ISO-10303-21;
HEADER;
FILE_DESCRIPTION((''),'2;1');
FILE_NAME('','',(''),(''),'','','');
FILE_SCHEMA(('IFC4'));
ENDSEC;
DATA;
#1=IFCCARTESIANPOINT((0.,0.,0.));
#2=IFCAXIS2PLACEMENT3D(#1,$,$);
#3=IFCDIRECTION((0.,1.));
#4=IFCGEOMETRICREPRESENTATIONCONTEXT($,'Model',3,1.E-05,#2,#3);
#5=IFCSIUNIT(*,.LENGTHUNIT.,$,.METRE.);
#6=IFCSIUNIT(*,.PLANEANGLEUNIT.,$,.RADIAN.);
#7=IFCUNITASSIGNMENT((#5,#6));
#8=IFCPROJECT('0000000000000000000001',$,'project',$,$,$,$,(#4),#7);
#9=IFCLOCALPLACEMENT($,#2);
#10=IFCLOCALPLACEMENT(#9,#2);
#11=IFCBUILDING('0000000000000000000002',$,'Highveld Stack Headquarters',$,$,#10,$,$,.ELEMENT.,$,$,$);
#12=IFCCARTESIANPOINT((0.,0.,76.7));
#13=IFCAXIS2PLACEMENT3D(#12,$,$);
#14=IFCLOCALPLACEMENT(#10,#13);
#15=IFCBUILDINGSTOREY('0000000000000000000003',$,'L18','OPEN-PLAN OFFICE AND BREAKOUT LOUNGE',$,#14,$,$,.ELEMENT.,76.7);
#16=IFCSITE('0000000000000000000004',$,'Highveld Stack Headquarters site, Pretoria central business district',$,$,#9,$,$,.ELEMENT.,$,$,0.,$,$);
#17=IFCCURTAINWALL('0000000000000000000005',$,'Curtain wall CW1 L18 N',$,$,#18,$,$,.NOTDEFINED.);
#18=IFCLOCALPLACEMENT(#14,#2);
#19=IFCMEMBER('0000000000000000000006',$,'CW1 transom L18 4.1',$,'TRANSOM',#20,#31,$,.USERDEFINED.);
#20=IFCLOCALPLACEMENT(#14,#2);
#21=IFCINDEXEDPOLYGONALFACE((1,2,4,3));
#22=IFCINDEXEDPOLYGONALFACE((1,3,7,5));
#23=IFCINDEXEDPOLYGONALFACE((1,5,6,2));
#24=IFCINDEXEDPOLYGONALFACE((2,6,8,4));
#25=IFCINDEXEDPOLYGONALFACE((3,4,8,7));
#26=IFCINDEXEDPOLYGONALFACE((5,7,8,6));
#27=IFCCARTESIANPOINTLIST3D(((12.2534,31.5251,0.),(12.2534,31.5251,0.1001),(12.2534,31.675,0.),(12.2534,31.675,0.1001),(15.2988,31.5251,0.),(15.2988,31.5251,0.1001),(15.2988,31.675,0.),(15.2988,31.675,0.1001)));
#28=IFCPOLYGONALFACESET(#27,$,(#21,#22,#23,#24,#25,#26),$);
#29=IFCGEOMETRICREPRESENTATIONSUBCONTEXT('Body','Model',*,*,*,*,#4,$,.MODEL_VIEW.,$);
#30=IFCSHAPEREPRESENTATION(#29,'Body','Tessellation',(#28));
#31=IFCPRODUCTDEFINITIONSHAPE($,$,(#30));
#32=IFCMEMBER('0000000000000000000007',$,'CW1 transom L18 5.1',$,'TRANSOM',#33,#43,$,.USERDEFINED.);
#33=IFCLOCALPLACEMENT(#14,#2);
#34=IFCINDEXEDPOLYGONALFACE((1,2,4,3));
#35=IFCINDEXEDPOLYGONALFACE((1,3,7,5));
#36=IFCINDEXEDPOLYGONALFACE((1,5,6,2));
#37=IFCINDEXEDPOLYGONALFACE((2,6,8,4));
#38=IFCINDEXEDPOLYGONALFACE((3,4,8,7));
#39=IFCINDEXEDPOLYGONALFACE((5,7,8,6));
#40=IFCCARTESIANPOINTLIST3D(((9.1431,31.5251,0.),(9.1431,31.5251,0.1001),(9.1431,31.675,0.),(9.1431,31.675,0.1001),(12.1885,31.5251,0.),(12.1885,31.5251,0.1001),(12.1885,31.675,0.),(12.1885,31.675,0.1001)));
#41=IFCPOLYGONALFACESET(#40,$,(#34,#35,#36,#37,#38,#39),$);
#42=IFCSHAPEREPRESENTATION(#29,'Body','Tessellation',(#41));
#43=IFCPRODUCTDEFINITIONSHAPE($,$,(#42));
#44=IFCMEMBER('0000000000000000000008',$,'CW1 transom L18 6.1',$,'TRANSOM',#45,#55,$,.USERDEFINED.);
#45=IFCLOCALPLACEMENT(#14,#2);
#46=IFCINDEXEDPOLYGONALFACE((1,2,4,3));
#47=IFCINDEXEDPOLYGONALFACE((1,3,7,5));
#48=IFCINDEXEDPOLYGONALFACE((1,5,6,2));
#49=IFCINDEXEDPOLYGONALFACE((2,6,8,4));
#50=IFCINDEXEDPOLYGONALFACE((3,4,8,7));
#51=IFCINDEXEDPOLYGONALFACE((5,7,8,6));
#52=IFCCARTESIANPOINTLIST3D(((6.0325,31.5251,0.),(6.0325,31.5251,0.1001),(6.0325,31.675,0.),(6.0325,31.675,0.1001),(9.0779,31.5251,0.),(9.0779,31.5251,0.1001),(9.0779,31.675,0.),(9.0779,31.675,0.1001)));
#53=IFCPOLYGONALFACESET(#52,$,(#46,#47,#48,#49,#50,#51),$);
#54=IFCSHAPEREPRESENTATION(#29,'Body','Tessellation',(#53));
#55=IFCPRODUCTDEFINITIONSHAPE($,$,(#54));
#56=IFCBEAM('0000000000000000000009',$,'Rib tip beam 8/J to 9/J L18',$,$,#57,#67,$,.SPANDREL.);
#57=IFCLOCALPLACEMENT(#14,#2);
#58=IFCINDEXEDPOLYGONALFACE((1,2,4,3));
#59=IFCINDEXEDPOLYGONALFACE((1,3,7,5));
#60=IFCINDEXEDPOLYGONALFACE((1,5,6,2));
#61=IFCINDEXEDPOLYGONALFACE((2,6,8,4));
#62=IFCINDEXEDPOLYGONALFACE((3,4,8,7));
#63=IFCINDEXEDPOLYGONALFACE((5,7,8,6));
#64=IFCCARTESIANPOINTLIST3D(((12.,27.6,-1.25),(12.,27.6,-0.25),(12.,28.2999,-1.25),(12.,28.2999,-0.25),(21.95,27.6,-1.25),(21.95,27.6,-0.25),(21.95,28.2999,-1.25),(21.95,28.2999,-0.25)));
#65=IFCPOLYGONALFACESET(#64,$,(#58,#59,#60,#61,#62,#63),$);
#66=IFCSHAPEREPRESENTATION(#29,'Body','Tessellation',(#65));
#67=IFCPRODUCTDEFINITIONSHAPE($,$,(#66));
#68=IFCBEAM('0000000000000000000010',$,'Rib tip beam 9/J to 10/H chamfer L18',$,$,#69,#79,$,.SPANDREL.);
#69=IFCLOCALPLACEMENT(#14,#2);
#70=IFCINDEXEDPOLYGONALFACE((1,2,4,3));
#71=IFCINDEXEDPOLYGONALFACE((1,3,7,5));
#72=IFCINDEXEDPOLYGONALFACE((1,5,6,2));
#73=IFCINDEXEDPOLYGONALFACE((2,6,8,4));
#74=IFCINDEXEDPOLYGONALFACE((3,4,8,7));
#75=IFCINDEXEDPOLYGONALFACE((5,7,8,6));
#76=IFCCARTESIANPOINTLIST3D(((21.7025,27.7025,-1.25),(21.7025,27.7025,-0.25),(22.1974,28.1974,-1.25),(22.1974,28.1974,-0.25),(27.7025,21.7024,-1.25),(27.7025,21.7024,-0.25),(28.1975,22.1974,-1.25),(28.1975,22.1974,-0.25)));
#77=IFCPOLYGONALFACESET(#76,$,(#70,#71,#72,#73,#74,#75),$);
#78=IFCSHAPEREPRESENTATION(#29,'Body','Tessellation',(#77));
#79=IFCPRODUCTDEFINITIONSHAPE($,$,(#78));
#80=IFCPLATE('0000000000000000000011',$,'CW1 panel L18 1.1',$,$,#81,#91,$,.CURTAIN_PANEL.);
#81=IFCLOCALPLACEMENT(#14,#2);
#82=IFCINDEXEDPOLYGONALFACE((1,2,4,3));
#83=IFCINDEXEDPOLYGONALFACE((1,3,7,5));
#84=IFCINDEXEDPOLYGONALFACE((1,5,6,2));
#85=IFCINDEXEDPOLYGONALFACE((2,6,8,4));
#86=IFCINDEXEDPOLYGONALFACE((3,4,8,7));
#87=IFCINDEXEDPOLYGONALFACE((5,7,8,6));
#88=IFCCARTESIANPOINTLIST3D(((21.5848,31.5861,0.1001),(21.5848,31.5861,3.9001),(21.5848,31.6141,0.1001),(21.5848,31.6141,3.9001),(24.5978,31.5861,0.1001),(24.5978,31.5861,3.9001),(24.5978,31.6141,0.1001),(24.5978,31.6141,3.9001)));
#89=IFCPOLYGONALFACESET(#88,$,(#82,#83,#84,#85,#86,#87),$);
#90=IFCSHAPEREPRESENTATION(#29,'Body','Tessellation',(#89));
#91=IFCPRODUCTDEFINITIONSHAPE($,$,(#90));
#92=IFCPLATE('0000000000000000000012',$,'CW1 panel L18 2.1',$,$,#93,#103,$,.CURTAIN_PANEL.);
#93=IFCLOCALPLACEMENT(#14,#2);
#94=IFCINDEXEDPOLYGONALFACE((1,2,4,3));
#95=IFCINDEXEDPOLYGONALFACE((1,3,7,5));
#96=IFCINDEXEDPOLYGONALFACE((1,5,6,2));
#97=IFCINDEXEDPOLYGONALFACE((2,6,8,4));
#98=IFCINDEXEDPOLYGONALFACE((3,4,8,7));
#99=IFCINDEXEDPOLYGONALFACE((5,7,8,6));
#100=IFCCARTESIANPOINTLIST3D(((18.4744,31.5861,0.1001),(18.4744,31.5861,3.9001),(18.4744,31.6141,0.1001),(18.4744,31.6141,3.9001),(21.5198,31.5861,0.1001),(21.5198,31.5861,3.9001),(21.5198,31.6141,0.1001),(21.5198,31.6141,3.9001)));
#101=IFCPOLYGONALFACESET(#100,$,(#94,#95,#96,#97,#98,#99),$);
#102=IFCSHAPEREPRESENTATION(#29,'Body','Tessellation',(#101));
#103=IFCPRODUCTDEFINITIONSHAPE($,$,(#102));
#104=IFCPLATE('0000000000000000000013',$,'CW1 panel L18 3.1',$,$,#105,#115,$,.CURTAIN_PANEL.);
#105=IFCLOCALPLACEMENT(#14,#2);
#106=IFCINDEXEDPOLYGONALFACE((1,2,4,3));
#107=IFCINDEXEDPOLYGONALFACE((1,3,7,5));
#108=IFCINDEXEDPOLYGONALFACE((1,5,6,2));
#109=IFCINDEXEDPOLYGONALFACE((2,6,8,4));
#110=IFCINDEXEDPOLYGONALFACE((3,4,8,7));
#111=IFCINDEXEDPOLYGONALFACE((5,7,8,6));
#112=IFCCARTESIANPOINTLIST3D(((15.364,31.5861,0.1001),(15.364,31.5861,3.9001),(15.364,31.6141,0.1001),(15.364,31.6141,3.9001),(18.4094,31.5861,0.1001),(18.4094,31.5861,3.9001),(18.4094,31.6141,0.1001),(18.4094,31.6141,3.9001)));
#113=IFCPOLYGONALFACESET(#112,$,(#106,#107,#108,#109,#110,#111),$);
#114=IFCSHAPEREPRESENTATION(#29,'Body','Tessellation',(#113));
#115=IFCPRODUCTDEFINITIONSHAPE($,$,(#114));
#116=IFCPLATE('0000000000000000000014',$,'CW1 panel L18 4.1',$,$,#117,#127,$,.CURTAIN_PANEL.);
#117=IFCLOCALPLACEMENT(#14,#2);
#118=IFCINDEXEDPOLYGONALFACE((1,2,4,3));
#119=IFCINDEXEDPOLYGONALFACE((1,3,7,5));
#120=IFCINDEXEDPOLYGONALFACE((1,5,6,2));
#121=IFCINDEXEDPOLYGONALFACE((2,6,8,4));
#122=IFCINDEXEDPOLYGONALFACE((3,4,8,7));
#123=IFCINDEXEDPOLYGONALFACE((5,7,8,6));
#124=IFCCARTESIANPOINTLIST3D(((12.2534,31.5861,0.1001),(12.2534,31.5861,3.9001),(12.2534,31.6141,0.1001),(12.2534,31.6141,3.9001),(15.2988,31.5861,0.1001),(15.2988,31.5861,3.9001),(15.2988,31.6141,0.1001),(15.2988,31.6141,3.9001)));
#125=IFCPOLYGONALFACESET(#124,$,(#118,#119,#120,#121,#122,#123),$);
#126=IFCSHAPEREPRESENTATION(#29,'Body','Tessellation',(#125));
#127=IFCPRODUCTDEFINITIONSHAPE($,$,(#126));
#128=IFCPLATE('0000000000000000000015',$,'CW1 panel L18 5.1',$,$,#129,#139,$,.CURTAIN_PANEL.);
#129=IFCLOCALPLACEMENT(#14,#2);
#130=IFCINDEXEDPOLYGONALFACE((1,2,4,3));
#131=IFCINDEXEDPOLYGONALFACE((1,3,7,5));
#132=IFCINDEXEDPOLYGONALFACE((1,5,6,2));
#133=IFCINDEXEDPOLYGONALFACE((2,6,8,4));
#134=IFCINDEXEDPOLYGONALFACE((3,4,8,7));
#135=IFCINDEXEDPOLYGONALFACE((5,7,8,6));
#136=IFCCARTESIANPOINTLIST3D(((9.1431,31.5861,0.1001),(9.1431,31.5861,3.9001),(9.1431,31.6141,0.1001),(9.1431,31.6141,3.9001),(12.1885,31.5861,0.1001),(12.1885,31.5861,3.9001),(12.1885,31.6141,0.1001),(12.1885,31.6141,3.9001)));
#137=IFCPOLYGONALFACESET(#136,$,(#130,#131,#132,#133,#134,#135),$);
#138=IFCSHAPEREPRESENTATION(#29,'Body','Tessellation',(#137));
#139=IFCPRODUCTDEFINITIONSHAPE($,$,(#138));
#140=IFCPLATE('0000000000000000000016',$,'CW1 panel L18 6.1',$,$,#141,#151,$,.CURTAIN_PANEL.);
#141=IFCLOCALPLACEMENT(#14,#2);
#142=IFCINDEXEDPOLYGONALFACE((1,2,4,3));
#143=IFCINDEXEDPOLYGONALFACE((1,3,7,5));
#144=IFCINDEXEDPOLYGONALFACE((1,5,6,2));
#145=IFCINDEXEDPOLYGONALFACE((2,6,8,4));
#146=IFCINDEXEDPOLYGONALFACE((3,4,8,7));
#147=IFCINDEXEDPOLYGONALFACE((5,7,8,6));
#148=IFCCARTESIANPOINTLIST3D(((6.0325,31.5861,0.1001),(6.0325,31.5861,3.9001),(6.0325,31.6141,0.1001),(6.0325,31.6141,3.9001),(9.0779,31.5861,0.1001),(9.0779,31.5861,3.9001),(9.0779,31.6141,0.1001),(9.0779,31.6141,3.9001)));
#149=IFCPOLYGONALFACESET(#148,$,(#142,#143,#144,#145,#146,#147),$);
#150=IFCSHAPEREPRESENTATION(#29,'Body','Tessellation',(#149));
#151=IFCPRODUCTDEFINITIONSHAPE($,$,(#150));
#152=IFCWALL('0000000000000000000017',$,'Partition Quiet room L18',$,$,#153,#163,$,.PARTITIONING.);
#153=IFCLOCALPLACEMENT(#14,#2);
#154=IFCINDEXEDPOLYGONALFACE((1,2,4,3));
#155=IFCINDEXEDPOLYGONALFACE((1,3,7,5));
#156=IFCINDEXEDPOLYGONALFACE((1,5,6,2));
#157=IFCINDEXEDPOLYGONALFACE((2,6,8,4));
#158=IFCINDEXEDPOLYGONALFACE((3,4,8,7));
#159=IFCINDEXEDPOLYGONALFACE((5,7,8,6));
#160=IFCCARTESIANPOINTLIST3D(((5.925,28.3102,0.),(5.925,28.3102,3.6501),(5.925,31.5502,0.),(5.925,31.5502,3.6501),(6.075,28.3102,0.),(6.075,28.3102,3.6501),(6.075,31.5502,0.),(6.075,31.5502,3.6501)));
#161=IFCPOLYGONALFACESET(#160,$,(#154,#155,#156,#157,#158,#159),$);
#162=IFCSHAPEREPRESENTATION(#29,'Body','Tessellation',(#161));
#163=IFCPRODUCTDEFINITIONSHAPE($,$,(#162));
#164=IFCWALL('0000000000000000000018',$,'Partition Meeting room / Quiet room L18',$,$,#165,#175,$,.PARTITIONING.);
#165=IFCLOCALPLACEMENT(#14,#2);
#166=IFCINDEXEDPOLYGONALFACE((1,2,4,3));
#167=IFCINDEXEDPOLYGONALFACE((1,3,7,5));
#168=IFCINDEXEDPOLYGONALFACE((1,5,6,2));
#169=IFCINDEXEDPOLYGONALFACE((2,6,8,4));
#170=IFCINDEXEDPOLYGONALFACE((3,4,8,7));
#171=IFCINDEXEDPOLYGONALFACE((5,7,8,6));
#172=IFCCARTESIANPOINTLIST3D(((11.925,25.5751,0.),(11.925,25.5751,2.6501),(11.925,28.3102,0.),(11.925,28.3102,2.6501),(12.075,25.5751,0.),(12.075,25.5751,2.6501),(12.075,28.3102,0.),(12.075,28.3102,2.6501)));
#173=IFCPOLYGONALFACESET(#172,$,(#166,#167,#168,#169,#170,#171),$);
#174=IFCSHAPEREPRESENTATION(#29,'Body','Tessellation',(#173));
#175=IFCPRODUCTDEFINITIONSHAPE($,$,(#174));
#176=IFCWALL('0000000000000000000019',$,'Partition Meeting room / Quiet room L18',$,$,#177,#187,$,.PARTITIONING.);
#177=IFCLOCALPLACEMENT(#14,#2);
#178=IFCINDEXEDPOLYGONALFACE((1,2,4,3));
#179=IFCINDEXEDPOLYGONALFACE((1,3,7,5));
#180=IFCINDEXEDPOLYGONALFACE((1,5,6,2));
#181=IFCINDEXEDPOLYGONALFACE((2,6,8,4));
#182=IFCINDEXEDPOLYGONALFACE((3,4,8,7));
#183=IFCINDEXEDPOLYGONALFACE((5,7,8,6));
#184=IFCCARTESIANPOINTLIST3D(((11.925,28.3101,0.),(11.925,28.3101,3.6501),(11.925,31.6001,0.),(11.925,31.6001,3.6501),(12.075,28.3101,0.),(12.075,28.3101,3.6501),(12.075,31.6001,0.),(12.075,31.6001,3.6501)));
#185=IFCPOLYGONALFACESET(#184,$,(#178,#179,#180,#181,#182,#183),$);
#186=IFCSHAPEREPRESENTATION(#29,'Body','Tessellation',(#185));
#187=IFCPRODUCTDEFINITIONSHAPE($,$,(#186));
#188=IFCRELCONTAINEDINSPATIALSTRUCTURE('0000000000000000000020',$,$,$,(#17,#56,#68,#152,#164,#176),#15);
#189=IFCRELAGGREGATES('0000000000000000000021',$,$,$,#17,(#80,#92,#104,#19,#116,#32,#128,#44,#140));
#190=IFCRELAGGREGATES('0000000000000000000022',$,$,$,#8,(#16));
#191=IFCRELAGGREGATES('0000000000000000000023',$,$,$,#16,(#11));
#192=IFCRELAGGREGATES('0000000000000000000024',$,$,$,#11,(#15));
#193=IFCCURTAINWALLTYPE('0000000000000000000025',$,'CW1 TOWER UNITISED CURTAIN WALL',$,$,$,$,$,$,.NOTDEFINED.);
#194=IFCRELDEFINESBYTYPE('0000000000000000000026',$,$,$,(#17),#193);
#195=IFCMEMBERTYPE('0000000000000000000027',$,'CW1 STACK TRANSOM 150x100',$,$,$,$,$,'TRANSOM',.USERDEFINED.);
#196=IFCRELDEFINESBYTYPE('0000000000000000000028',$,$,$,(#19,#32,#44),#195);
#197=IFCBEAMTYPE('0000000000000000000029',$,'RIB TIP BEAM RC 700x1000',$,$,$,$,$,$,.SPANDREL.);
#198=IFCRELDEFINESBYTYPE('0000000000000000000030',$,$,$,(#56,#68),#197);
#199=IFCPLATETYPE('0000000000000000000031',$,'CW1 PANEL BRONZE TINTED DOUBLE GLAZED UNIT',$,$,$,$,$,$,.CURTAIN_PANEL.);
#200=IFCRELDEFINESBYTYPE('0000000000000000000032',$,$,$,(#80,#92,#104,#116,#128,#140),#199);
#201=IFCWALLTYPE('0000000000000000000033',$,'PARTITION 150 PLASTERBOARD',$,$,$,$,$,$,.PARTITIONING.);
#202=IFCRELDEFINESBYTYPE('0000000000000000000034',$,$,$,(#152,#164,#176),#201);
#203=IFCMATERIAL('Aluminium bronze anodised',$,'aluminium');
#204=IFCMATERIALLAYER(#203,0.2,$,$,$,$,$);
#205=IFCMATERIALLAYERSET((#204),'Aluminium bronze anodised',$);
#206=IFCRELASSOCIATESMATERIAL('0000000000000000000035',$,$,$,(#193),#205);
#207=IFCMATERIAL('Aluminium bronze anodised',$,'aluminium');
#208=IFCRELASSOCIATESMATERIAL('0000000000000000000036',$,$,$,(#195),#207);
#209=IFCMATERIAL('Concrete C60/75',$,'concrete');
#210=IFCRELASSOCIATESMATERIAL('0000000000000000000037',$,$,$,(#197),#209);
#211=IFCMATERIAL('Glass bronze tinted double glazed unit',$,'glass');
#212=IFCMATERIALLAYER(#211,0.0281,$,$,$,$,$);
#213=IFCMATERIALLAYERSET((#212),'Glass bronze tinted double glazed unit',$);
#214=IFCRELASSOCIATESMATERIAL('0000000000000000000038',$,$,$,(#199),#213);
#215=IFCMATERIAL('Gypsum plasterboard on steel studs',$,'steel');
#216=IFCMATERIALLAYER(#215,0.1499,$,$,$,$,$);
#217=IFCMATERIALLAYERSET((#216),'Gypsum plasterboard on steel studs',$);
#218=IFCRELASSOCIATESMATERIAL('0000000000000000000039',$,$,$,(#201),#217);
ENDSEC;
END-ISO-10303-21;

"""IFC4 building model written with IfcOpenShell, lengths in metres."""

from ifc_helpers import new_model, si_unit, direction, frame, frame_2d, origin, origin_2d, place, context, subcontext, project, spatial, rectangle, extrude, material, layer, layer_set, material_profile, profile_set, type_object, element, aggregate, save


model = new_model("IFC4")

# Units and contexts
model_context = context("Model", 3, precision=1e-05, world=origin(), true_north=direction((0.0, 1.0)))
body_context = subcontext(model_context, "Body", "Model", "MODEL_VIEW")
ifc_project = project(units=[si_unit("LENGTHUNIT", "METRE"), si_unit("PLANEANGLEUNIT", "RADIAN")], contexts=[model_context])

# Site, building, storey
site_placement = place(None, origin())
site = spatial("IfcSite", under=ifc_project, at=site_placement, Name="Highveld Stack Headquarters site, Pretoria central business district", CompositionType="ELEMENT", RefElevation=0.0)
building_placement = place(site_placement, origin())
building = spatial("IfcBuilding", under=site, at=building_placement, Name="Highveld Stack Headquarters", CompositionType="ELEMENT")
storey_placement = place(building_placement, frame((0.0, 0.0, 76.7)))
storey = spatial("IfcBuildingStorey", under=building, at=storey_placement, Name="L18", Description="OPEN-PLAN OFFICE AND BREAKOUT LOUNGE", CompositionType="ELEMENT", Elevation=76.7)

# Curtain wall, members
ifc_material_1 = material(Name="Aluminium bronze anodised", Category="aluminium")
ifc_layer_1 = layer(ifc_material_1, 0.2)
ifc_layer_set_1 = layer_set([ifc_layer_1], Name="Aluminium bronze anodised")
curtain_wall_type = type_object("IfcCurtainWallType", Name="CW1 TOWER UNITISED CURTAIN WALL", PredefinedType="NOTDEFINED", material=ifc_layer_set_1)
curtain_wall_placement = place(storey_placement, origin())
curtain_wall = element("IfcCurtainWall", 1, at=curtain_wall_placement, inside=storey, type_object=curtain_wall_type, Name="Curtain wall CW1 L18 N", PredefinedType="NOTDEFINED")
ifc_material_2 = material(Name="Aluminium bronze anodised", Category="aluminium")
ifc_material_profile_1 = material_profile(ifc_material_2, rectangle(XDim=0.1499, YDim=0.1001, at=origin_2d()), Name="CW1 TRANSOM 150x100")
ifc_profile_set_1 = profile_set([ifc_material_profile_1], Name="Aluminium bronze anodised")
member_type_1 = type_object("IfcMemberType", Name="CW1 STACK TRANSOM 150x100", ElementType="TRANSOM", PredefinedType="USERDEFINED", material=ifc_profile_set_1)
member_1_placement = place(storey_placement, frame((15.2988, 31.6001, 0.05), z_axis=(-1.0, 0.0, 0.0), x_axis=(0.0, -1.0, 0.0)))
member_1 = element("IfcMember", 2, at=member_1_placement, type_object=member_type_1, Name="CW1 transom L18 4.1", ObjectType="TRANSOM", PredefinedType="USERDEFINED", context=body_context, shape_type="SweptSolid", body=[
    extrude(rectangle(XDim=0.1499, YDim=0.1001, at=origin_2d()), origin(), (0.0, 0.0, 1.0), 3.0454),
])
member_2_placement = place(storey_placement, frame((12.1885, 31.6001, 0.05), z_axis=(-1.0, 0.0, 0.0), x_axis=(0.0, -1.0, 0.0)))
member_2 = element("IfcMember", 3, at=member_2_placement, type_object=member_type_1, Name="CW1 transom L18 5.1", ObjectType="TRANSOM", PredefinedType="USERDEFINED", context=body_context, shape_type="SweptSolid", body=[
    extrude(rectangle(XDim=0.1499, YDim=0.1001, at=origin_2d()), origin(), (0.0, 0.0, 1.0), 3.0454),
])
member_3_placement = place(storey_placement, frame((9.0779, 31.6001, 0.05), z_axis=(-1.0, 0.0, 0.0), x_axis=(0.0, -1.0, 0.0)))
member_3 = element("IfcMember", 4, at=member_3_placement, type_object=member_type_1, Name="CW1 transom L18 6.1", ObjectType="TRANSOM", PredefinedType="USERDEFINED", context=body_context, shape_type="SweptSolid", body=[
    extrude(rectangle(XDim=0.1499, YDim=0.1001, at=origin_2d()), origin(), (0.0, 0.0, 1.0), 3.0454),
])

# Beams
ifc_material_3 = material(Name="Concrete C60/75", Category="concrete")
ifc_material_profile_2 = material_profile(ifc_material_3, rectangle(XDim=0.7, YDim=1.0, at=origin_2d()), Name="RC 700x1000")
ifc_profile_set_2 = profile_set([ifc_material_profile_2], Name="Concrete C60/75")
beam_type = type_object("IfcBeamType", Name="RIB TIP BEAM RC 700x1000", PredefinedType="SPANDREL", material=ifc_profile_set_2)
beam_1_placement = place(storey_placement, frame((12.0, 27.95, -0.75), z_axis=(1.0, 0.0, 0.0), x_axis=(0.0, 1.0, 0.0)))
element("IfcBeam", 5, at=beam_1_placement, inside=storey, type_object=beam_type, Name="Rib tip beam 8/J to 9/J L18", PredefinedType="SPANDREL", context=body_context, shape_type="SweptSolid", body=[
    extrude(rectangle(XDim=0.7, YDim=1.0, at=origin_2d()), origin(), (0.0, 0.0, 1.0), 9.95),
])
beam_2_placement = place(storey_placement, frame((21.95, 27.95, -0.75), z_axis=(0.707107, -0.707107, 0.0), x_axis=(0.707107, 0.707107, 0.0)))
element("IfcBeam", 6, at=beam_2_placement, inside=storey, type_object=beam_type, Name="Rib tip beam 9/J to 10/H chamfer L18", PredefinedType="SPANDREL", context=body_context, shape_type="SweptSolid", body=[
    extrude(rectangle(XDim=0.7, YDim=1.0, at=origin_2d()), origin(), (0.0, 0.0, 1.0), 8.4854),
])

# Plates
ifc_material_4 = material(Name="Glass bronze tinted double glazed unit", Category="glass")
ifc_layer_2 = layer(ifc_material_4, 0.0281)
ifc_layer_set_2 = layer_set([ifc_layer_2], Name="Glass bronze tinted double glazed unit")
plate_type = type_object("IfcPlateType", Name="CW1 PANEL BRONZE TINTED DOUBLE GLAZED UNIT", PredefinedType="CURTAIN_PANEL", material=ifc_layer_set_2)
plate_1_placement = place(storey_placement, frame((23.0913, 31.6001, 0.1001), z_axis=(0.0, 0.0, 1.0), x_axis=(-1.0, 0.0, 0.0)))
plate_1 = element("IfcPlate", 7, at=plate_1_placement, type_object=plate_type, Name="CW1 panel L18 1.1", PredefinedType="CURTAIN_PANEL", context=body_context, shape_type="SweptSolid", body=[
    extrude(rectangle(XDim=3.0129, YDim=0.0281, at=origin_2d()), origin(), (0.0, 0.0, 1.0), 3.8),
])
plate_2_placement = place(storey_placement, frame((19.9971, 31.6001, 0.1001), z_axis=(0.0, 0.0, 1.0), x_axis=(-1.0, 0.0, 0.0)))
plate_2 = element("IfcPlate", 8, at=plate_2_placement, type_object=plate_type, Name="CW1 panel L18 2.1", PredefinedType="CURTAIN_PANEL", context=body_context, shape_type="SweptSolid", body=[
    extrude(rectangle(XDim=3.0454, YDim=0.0281, at=origin_2d()), origin(), (0.0, 0.0, 1.0), 3.8),
])
plate_3_placement = place(storey_placement, frame((16.8867, 31.6001, 0.1001), z_axis=(0.0, 0.0, 1.0), x_axis=(-1.0, 0.0, 0.0)))
plate_3 = element("IfcPlate", 9, at=plate_3_placement, type_object=plate_type, Name="CW1 panel L18 3.1", PredefinedType="CURTAIN_PANEL", context=body_context, shape_type="SweptSolid", body=[
    extrude(rectangle(XDim=3.0454, YDim=0.0281, at=origin_2d()), origin(), (0.0, 0.0, 1.0), 3.8),
])
plate_4_placement = place(storey_placement, frame((13.7761, 31.6001, 0.1001), z_axis=(0.0, 0.0, 1.0), x_axis=(-1.0, 0.0, 0.0)))
plate_4 = element("IfcPlate", 10, at=plate_4_placement, type_object=plate_type, Name="CW1 panel L18 4.1", PredefinedType="CURTAIN_PANEL", context=body_context, shape_type="SweptSolid", body=[
    extrude(rectangle(XDim=3.0454, YDim=0.0281, at=origin_2d()), origin(), (0.0, 0.0, 1.0), 3.8),
])
plate_5_placement = place(storey_placement, frame((10.6658, 31.6001, 0.1001), z_axis=(0.0, 0.0, 1.0), x_axis=(-1.0, 0.0, 0.0)))
plate_5 = element("IfcPlate", 11, at=plate_5_placement, type_object=plate_type, Name="CW1 panel L18 5.1", PredefinedType="CURTAIN_PANEL", context=body_context, shape_type="SweptSolid", body=[
    extrude(rectangle(XDim=3.0454, YDim=0.0281, at=origin_2d()), origin(), (0.0, 0.0, 1.0), 3.8),
])
plate_6_placement = place(storey_placement, frame((7.5552, 31.6001, 0.1001), z_axis=(0.0, 0.0, 1.0), x_axis=(-1.0, 0.0, 0.0)))
plate_6 = element("IfcPlate", 12, at=plate_6_placement, type_object=plate_type, Name="CW1 panel L18 6.1", PredefinedType="CURTAIN_PANEL", context=body_context, shape_type="SweptSolid", body=[
    extrude(rectangle(XDim=3.0454, YDim=0.0281, at=origin_2d()), origin(), (0.0, 0.0, 1.0), 3.8),
])
aggregate(curtain_wall, [plate_1, plate_2, plate_3, member_1, plate_4, member_2, plate_5, member_3, plate_6])

# Walls
ifc_material_5 = material(Name="Gypsum plasterboard on steel studs", Category="steel")
ifc_layer_3 = layer(ifc_material_5, 0.1499)
ifc_layer_set_3 = layer_set([ifc_layer_3], Name="Gypsum plasterboard on steel studs")
wall_type = type_object("IfcWallType", Name="PARTITION 150 PLASTERBOARD", PredefinedType="PARTITIONING", material=ifc_layer_set_3)
wall_1_placement = place(storey_placement, frame((6.0, 28.3101, 0.0), z_axis=(0.0, 0.0, 1.0), x_axis=(0.0, 1.0, 0.0)))
element("IfcWall", 13, at=wall_1_placement, inside=storey, type_object=wall_type, Name="Partition Quiet room L18", PredefinedType="PARTITIONING", context=body_context, shape_type="SweptSolid", body=[
    extrude(rectangle(XDim=3.24, YDim=0.1499, at=frame_2d((1.6201, 0.0))), origin(), (0.0, 0.0, 1.0), 3.6501),
])
wall_2_placement = place(storey_placement, frame((12.0, 25.575, 0.0), z_axis=(0.0, 0.0, 1.0), x_axis=(0.0, 1.0, 0.0)))
element("IfcWall", 14, at=wall_2_placement, inside=storey, type_object=wall_type, Name="Partition Meeting room / Quiet room L18", PredefinedType="PARTITIONING", context=body_context, shape_type="SweptSolid", body=[
    extrude(rectangle(XDim=2.7351, YDim=0.1499, at=frame_2d((1.3677, 0.0))), origin(), (0.0, 0.0, 1.0), 2.6501),
])
for number, where, z_axis, x_axis, name in (
    (15, (12.0, 28.3101, 0.0), (0.0, 0.0, 1.0), (0.0, 1.0, 0.0), "Partition Meeting room / Quiet room L18"),
):
    element("IfcWall", number, at=place(storey_placement, frame(where, z_axis=z_axis, x_axis=x_axis)), inside=storey, type_object=wall_type, Name=name, PredefinedType="PARTITIONING", context=body_context, shape_type="SweptSolid", body=[
        extrude(rectangle(XDim=3.29, YDim=0.1499, at=frame_2d((1.645, 0.0))), origin(), (0.0, 0.0, 1.0), 3.6501),
    ])

save(model, "model.ifc")
